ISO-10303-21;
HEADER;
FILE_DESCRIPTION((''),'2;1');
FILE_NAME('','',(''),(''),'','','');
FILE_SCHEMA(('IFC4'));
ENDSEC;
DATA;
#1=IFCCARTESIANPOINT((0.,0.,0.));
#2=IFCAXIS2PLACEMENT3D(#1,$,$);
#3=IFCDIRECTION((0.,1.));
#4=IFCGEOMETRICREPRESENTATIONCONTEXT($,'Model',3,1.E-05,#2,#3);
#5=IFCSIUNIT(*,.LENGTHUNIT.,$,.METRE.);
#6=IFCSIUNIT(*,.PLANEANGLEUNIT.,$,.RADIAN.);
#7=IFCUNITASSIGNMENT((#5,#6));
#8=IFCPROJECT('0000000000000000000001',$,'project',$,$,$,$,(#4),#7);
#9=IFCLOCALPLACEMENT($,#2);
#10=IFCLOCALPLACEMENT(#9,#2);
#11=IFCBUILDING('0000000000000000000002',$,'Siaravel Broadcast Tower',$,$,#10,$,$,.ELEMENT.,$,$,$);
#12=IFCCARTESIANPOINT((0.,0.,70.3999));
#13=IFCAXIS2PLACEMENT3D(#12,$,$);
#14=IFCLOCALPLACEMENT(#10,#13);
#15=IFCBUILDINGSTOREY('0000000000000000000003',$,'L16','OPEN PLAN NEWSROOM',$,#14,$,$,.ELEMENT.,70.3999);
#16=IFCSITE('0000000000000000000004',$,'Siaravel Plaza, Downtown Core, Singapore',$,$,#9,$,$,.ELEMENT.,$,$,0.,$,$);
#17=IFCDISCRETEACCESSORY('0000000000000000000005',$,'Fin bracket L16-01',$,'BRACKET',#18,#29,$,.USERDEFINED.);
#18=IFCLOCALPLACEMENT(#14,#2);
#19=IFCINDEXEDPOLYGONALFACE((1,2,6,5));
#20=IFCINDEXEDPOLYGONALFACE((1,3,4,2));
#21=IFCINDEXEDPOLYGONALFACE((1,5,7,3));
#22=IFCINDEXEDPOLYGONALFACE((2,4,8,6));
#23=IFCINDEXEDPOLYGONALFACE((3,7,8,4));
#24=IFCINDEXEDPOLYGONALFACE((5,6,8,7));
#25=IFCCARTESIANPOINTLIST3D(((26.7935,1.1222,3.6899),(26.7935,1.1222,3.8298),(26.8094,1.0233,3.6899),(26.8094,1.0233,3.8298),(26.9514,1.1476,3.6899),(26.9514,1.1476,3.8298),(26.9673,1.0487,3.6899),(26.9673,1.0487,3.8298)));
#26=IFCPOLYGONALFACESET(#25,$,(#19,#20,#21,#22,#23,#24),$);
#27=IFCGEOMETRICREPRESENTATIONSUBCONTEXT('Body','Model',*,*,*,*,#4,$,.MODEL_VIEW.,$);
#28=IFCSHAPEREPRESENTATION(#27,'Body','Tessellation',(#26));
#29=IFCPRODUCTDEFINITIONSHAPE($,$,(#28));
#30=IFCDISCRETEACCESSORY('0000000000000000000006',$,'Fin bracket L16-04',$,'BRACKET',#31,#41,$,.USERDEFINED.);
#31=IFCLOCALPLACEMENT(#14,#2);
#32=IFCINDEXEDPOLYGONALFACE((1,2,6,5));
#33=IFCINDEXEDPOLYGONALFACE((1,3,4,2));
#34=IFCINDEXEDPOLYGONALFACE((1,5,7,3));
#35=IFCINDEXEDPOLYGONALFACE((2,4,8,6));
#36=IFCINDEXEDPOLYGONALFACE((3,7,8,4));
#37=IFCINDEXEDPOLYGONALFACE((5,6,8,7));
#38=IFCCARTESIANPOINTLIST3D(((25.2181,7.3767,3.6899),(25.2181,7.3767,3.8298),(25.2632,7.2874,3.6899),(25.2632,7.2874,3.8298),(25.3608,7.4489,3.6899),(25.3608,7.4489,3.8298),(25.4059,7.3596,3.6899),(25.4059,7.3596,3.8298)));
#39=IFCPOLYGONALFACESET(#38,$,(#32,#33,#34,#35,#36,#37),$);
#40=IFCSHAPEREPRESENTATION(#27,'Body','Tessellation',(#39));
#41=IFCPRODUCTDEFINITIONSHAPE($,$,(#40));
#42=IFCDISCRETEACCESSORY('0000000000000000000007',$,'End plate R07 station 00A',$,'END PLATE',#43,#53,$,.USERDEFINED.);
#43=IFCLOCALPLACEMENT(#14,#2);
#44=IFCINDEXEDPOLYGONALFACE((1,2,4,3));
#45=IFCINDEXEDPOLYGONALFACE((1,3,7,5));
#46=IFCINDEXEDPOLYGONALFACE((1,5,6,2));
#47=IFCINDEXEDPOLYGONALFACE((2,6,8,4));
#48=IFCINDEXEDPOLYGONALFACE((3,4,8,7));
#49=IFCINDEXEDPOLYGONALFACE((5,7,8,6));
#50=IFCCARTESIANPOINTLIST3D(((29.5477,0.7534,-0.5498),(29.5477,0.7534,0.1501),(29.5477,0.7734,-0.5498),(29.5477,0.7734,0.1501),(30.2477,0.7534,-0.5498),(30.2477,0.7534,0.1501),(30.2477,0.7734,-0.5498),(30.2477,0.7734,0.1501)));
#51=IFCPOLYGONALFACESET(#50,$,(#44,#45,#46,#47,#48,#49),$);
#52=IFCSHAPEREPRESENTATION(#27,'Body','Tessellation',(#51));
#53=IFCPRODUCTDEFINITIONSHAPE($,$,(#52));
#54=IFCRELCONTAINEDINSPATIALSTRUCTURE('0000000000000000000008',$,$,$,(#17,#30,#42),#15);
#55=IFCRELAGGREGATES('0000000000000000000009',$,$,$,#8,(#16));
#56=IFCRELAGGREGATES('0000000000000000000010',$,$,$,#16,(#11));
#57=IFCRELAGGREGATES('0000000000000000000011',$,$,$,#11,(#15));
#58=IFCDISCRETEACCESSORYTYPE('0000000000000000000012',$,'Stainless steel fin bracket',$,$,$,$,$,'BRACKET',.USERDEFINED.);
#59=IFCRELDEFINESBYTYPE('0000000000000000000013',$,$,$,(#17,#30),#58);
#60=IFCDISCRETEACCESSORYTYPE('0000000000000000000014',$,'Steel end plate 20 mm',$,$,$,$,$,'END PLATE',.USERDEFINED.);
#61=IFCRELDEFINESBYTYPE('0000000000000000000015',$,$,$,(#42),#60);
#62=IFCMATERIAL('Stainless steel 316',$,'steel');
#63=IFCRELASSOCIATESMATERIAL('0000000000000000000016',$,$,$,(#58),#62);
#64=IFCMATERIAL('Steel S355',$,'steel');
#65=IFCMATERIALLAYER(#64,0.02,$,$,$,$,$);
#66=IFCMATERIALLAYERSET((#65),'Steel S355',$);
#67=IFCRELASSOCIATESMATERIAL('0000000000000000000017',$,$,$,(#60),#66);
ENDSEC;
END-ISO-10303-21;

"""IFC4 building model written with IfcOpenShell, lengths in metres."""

from ifc_helpers import new_model, si_unit, direction, frame, origin, origin_2d, place, context, subcontext, project, spatial, rectangle, extrude, material, layer, layer_set, type_object, element, save


model = new_model("IFC4")

# Units and contexts
model_context = context("Model", 3, precision=1e-05, world=origin(), true_north=direction((0.0, 1.0)))
body_context = subcontext(model_context, "Body", "Model", "MODEL_VIEW")
ifc_project = project(units=[si_unit("LENGTHUNIT", "METRE"), si_unit("PLANEANGLEUNIT", "RADIAN")], contexts=[model_context])

# Site, building, storey
site_placement = place(None, origin())
site = spatial("IfcSite", under=ifc_project, at=site_placement, Name="Siaravel Plaza, Downtown Core, Singapore", CompositionType="ELEMENT", RefElevation=0.0)
building_placement = place(site_placement, origin())
building = spatial("IfcBuilding", under=site, at=building_placement, Name="Siaravel Broadcast Tower", CompositionType="ELEMENT")
storey_placement = place(building_placement, frame((0.0, 0.0, 70.3999)))
storey = spatial("IfcBuildingStorey", under=building, at=storey_placement, Name="L16", Description="OPEN PLAN NEWSROOM", CompositionType="ELEMENT", Elevation=70.3999)

# Shared definitions
ifc_material_1 = material(Name="Steel S355", Category="steel")

# Discrete accessories
ifc_material_2 = material(Name="Stainless steel 316", Category="steel")
discrete_accessory_type_1 = type_object("IfcDiscreteAccessoryType", Name="Stainless steel fin bracket", ElementType="BRACKET", PredefinedType="USERDEFINED", material=ifc_material_2)
for number, where, z_axis, x_axis, name in (
    (1, (26.8804, 1.0854, 3.6899), (0.0, 0.0, 1.0), (0.987329, 0.158685, 0.0), "Fin bracket L16-01"),
    (2, (25.312, 7.3682, 3.6899), (0.0, 0.0, 1.0), (0.892392, 0.451261, 0.0), "Fin bracket L16-04"),
):
    element("IfcDiscreteAccessory", number, at=place(storey_placement, frame(where, z_axis=z_axis, x_axis=x_axis)), inside=storey, type_object=discrete_accessory_type_1, Name=name, ObjectType="BRACKET", PredefinedType="USERDEFINED", context=body_context, shape_type="SweptSolid", body=[
        extrude(rectangle(XDim=0.1599, YDim=0.1001, at=origin_2d()), origin(), (0.0, 0.0, 1.0), 0.1399),
    ])
ifc_layer_1 = layer(ifc_material_1, 0.02)
ifc_layer_set_1 = layer_set([ifc_layer_1], Name="Steel S355")
discrete_accessory_type_2 = type_object("IfcDiscreteAccessoryType", Name="Steel end plate 20 mm", ElementType="END PLATE", PredefinedType="USERDEFINED", material=ifc_layer_set_1)
discrete_accessory_placement = place(storey_placement, frame((29.8977, 0.7634, -0.5498), z_axis=(0.0, 0.0, 1.0), x_axis=(0.0, 1.0, 0.0)))
element("IfcDiscreteAccessory", 3, at=discrete_accessory_placement, inside=storey, type_object=discrete_accessory_type_2, Name="End plate R07 station 00A", ObjectType="END PLATE", PredefinedType="USERDEFINED", context=body_context, shape_type="SweptSolid", body=[
    extrude(rectangle(XDim=0.02, YDim=0.7, at=origin_2d()), origin(), (0.0, 0.0, 1.0), 0.7),
])

save(model, "model.ifc")
